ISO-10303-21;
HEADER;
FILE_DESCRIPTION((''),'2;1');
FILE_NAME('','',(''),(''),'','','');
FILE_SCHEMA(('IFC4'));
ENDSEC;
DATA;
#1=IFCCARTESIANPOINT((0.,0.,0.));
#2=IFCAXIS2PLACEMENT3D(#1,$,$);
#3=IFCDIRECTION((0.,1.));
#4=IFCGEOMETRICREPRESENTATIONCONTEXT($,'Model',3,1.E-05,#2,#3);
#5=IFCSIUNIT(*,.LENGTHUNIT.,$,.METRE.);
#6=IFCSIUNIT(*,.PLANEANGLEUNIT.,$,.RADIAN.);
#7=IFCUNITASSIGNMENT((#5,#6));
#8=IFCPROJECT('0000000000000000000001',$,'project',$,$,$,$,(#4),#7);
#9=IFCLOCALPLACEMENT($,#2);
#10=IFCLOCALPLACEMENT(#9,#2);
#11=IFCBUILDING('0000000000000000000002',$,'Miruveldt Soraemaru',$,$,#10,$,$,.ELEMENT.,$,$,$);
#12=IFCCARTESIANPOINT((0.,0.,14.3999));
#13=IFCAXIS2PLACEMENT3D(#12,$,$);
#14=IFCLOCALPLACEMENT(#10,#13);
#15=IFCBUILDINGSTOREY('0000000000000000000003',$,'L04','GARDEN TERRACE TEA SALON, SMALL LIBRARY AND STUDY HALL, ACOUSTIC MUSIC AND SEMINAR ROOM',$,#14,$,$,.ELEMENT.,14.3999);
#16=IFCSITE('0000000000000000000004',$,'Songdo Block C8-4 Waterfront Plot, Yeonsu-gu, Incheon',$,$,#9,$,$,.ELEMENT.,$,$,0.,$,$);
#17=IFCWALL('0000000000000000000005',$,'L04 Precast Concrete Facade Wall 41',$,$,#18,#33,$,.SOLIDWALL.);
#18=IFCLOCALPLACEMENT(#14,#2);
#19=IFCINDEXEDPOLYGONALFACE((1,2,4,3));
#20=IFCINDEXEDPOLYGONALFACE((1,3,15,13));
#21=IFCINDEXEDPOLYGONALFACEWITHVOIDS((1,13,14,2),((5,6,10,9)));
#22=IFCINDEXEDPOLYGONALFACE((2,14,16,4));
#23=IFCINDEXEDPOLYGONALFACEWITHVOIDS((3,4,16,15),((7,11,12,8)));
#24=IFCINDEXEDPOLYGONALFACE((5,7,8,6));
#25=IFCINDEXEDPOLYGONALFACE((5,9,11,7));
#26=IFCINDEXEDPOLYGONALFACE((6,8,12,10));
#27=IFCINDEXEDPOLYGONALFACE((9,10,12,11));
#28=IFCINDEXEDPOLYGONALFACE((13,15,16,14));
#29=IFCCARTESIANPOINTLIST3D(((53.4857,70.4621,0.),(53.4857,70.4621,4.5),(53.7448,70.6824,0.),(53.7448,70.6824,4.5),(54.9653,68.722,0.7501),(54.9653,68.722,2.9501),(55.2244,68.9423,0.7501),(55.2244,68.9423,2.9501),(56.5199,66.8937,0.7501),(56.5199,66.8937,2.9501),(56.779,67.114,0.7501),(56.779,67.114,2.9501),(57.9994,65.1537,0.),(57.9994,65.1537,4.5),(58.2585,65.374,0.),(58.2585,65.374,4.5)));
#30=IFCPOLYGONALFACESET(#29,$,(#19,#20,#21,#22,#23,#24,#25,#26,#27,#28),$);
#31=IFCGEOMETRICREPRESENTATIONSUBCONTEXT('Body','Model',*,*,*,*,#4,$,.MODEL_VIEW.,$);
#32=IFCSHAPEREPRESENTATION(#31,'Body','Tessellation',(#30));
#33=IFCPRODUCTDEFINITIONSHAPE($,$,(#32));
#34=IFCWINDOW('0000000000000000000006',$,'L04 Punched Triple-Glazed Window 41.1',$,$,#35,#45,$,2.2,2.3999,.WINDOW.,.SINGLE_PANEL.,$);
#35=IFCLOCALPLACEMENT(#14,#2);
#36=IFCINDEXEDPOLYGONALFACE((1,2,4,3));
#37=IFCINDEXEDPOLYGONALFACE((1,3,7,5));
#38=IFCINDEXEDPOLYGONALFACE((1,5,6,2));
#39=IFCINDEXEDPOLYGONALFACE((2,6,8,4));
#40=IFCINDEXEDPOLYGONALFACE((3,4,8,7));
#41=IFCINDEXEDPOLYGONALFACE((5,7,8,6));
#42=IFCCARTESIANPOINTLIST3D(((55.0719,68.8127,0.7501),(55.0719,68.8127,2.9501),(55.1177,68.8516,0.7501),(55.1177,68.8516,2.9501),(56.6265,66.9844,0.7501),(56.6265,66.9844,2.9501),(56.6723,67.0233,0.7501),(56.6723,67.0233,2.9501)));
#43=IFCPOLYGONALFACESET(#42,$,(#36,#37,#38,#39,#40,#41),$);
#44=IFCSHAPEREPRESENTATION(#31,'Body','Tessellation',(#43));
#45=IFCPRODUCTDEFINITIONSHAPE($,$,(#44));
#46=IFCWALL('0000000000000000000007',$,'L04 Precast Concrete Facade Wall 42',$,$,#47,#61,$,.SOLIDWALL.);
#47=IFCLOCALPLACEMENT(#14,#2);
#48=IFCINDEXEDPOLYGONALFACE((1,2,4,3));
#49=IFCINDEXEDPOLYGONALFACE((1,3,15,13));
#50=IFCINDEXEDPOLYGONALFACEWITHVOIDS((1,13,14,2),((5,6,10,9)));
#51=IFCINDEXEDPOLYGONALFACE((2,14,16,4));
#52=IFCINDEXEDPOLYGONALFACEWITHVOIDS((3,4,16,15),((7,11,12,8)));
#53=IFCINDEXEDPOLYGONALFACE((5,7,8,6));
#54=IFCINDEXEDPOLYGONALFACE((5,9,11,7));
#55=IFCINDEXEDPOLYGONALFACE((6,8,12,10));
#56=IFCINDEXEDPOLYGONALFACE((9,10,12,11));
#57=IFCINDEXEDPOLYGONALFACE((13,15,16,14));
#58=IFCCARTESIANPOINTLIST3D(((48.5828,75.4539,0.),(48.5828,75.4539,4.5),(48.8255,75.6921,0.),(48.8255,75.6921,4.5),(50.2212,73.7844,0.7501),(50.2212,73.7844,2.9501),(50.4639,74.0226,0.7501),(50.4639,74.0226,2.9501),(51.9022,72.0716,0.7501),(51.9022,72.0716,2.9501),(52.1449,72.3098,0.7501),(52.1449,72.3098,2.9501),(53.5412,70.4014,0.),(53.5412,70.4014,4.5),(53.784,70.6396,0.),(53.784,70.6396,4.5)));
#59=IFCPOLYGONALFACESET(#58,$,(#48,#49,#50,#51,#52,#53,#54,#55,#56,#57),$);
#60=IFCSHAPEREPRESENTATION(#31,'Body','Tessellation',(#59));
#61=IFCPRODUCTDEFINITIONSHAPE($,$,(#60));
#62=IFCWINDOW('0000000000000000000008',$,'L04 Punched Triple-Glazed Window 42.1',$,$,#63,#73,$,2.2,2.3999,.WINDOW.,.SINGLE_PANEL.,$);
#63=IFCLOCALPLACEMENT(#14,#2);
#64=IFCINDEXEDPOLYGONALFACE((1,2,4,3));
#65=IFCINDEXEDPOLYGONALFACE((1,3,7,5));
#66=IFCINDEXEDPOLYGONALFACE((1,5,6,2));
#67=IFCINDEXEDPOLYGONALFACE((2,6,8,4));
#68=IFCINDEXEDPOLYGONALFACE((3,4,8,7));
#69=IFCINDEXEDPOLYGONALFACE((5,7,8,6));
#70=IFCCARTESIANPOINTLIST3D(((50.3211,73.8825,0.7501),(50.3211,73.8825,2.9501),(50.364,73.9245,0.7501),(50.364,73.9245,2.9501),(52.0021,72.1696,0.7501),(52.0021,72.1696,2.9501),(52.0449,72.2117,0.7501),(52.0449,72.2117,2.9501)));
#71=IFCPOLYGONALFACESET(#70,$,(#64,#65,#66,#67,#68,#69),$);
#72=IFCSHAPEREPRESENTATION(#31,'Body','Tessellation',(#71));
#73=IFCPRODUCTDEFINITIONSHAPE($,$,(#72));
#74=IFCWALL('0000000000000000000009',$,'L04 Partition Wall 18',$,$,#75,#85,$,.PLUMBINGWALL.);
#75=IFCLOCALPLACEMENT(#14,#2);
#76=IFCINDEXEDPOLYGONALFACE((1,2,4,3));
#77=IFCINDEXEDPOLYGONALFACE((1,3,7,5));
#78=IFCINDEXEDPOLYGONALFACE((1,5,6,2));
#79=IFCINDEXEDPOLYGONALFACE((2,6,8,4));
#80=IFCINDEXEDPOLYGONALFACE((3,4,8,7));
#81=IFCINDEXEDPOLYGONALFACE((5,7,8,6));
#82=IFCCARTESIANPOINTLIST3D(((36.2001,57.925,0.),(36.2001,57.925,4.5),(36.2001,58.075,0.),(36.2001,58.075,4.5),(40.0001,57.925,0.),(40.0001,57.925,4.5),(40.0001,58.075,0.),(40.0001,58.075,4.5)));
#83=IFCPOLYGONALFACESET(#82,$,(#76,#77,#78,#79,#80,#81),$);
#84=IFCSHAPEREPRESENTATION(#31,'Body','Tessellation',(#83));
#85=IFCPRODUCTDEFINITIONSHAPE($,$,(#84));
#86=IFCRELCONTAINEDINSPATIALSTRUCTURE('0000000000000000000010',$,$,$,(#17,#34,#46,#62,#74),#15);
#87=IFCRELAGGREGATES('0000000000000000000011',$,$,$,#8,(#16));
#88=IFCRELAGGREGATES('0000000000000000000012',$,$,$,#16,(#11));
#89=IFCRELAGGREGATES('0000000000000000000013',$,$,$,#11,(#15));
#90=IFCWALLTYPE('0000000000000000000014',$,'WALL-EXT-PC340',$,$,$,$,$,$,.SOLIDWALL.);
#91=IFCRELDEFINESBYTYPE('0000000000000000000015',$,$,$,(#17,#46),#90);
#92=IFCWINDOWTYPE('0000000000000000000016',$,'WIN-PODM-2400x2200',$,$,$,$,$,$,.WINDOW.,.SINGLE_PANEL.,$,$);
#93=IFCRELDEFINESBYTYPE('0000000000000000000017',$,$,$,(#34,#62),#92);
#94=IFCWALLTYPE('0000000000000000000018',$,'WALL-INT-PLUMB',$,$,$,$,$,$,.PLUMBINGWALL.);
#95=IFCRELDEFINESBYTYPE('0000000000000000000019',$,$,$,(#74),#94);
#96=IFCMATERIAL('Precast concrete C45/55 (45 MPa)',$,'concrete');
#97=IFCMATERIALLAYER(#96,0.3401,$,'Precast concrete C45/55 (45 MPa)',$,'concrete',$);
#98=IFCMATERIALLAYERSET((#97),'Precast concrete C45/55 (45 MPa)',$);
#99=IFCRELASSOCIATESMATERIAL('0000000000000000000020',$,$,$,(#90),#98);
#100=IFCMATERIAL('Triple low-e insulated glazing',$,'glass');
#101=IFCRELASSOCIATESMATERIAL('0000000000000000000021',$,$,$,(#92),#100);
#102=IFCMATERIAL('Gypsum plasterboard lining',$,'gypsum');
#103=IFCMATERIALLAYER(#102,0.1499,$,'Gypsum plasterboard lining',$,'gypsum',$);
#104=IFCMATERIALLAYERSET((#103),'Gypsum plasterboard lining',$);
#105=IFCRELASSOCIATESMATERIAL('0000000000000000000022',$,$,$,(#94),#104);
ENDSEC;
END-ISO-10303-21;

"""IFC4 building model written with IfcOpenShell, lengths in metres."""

from ifc_helpers import new_model, si_unit, direction, frame, frame_2d, origin, place, context, subcontext, project, spatial, rectangle, extrude, material, layer, layer_set, type_object, element, fill, save


model = new_model("IFC4")

# Units and contexts
model_context = context("Model", 3, precision=1e-05, world=origin(), true_north=direction((0.0, 1.0)))
body_context = subcontext(model_context, "Body", "Model", "MODEL_VIEW")
ifc_project = project(units=[si_unit("LENGTHUNIT", "METRE"), si_unit("PLANEANGLEUNIT", "RADIAN")], contexts=[model_context])

# Site, building, storey
site_placement = place(None, origin())
site = spatial("IfcSite", under=ifc_project, at=site_placement, Name="Songdo Block C8-4 Waterfront Plot, Yeonsu-gu, Incheon", CompositionType="ELEMENT", RefElevation=0.0)
building_placement = place(site_placement, origin())
building = spatial("IfcBuilding", under=site, at=building_placement, Name="Miruveldt Soraemaru", CompositionType="ELEMENT")
storey_placement = place(building_placement, frame((0.0, 0.0, 14.3999)))
storey = spatial("IfcBuildingStorey", under=building, at=storey_placement, Name="L04", Description="GARDEN TERRACE TEA SALON, SMALL LIBRARY AND STUDY HALL, ACOUSTIC MUSIC AND SEMINAR ROOM", CompositionType="ELEMENT", Elevation=14.3999)

# Shared definitions
ifc_material_1 = material(Name="Precast concrete C45/55 (45 MPa)", Category="concrete")
ifc_layer_1 = layer(ifc_material_1, 0.3401, Name="Precast concrete C45/55 (45 MPa)", Category="concrete")
ifc_layer_set_1 = layer_set([ifc_layer_1], Name="Precast concrete C45/55 (45 MPa)")
wall_type_1 = type_object("IfcWallType", Name="WALL-EXT-PC340", PredefinedType="SOLIDWALL", material=ifc_layer_set_1)
ifc_material_2 = material(Name="Triple low-e insulated glazing", Category="glass")
window_type_1 = type_object("IfcWindowType", Name="WIN-PODM-2400x2200", PartitioningType="SINGLE_PANEL", PredefinedType="WINDOW", material=ifc_material_2)

# Walls, openings, windows
wall_1_placement = place(storey_placement, frame((58.1289, 65.2639, 0.0), z_axis=(0.0, 0.0, 1.0), x_axis=(-0.64778, 0.761828, 0.0)))
wall_1 = element("IfcWall", 1, at=wall_1_placement, inside=storey, type_object=wall_type_1, Name="L04 Precast Concrete Facade Wall 41", PredefinedType="SOLIDWALL", context=body_context, shape_type="SweptSolid", body=[
    extrude(rectangle(XDim=6.968, YDim=0.3401, at=frame_2d((3.4839, 0.0))), origin(), (0.0, 0.0, 1.0), 4.5),
])
opening_1_placement = place(wall_1_placement, frame((2.2839, 0.0, 0.75)))
opening_1 = element("IfcOpeningElement", 2, at=opening_1_placement, cuts=wall_1, PredefinedType="OPENING", context=body_context, shape_type="SweptSolid", body=[
    extrude(rectangle(XDim=2.3999, YDim=2.2, at=frame_2d((1.2, 1.1001))), frame((0.0, 0.1802, 0.0), z_axis=(0.0, -1.0, 0.0), x_axis=(1.0, 0.0, 0.0)), (0.0, 0.0, 1.0), 0.3601),
])
window_1_placement = place(opening_1_placement, origin())
window_1 = element("IfcWindow", 3, at=window_1_placement, inside=storey, type_object=window_type_1, Name="L04 Punched Triple-Glazed Window 41.1", OverallHeight=2.2, OverallWidth=2.3999, PartitioningType="SINGLE_PANEL", PredefinedType="WINDOW", context=body_context, shape_type="SweptSolid", body=[
    extrude(rectangle(XDim=2.3999, YDim=2.2, at=frame_2d((1.2, 1.1001))), frame((0.0, 0.03, 0.0), z_axis=(0.0, -1.0, 0.0), x_axis=(1.0, 0.0, 0.0)), (0.0, 0.0, 1.0), 0.0601),
])
fill(opening_1, window_1)
wall_2_placement = place(storey_placement, frame((53.6626, 70.5205, 0.0), z_axis=(0.0, 0.0, 1.0), x_axis=(-0.700437, 0.713714, 0.0)))
wall_2 = element("IfcWall", 4, at=wall_2_placement, inside=storey, type_object=wall_type_1, Name="L04 Precast Concrete Facade Wall 42", PredefinedType="SOLIDWALL", context=body_context, shape_type="SweptSolid", body=[
    extrude(rectangle(XDim=7.0791, YDim=0.3401, at=frame_2d((3.5396, 0.0))), origin(), (0.0, 0.0, 1.0), 4.5),
])
opening_2_placement = place(wall_2_placement, frame((2.3401, 0.0, 0.75)))
opening_2 = element("IfcOpeningElement", 5, at=opening_2_placement, cuts=wall_2, PredefinedType="OPENING", context=body_context, shape_type="SweptSolid", body=[
    extrude(rectangle(XDim=2.3999, YDim=2.2, at=frame_2d((1.2, 1.1001))), frame((0.0, 0.1802, 0.0), z_axis=(0.0, -1.0, 0.0), x_axis=(1.0, 0.0, 0.0)), (0.0, 0.0, 1.0), 0.3601),
])
window_2_placement = place(opening_2_placement, origin())
window_2 = element("IfcWindow", 6, at=window_2_placement, inside=storey, type_object=window_type_1, Name="L04 Punched Triple-Glazed Window 42.1", OverallHeight=2.2, OverallWidth=2.3999, PartitioningType="SINGLE_PANEL", PredefinedType="WINDOW", context=body_context, shape_type="SweptSolid", body=[
    extrude(rectangle(XDim=2.3999, YDim=2.2, at=frame_2d((1.2, 1.1001))), frame((0.0, 0.03, 0.0), z_axis=(0.0, -1.0, 0.0), x_axis=(1.0, 0.0, 0.0)), (0.0, 0.0, 1.0), 0.0601),
])
fill(opening_2, window_2)

# Wall
ifc_material_3 = material(Name="Gypsum plasterboard lining", Category="gypsum")
ifc_layer_2 = layer(ifc_material_3, 0.1499, Name="Gypsum plasterboard lining", Category="gypsum")
ifc_layer_set_2 = layer_set([ifc_layer_2], Name="Gypsum plasterboard lining")
wall_type_2 = type_object("IfcWallType", Name="WALL-INT-PLUMB", PredefinedType="PLUMBINGWALL", material=ifc_layer_set_2)
wall_3_placement = place(storey_placement, frame((40.0, 58.0, 0.0), z_axis=(0.0, 0.0, 1.0), x_axis=(-1.0, 0.0, 0.0)))
element("IfcWall", 7, at=wall_3_placement, inside=storey, type_object=wall_type_2, Name="L04 Partition Wall 18", PredefinedType="PLUMBINGWALL", context=body_context, shape_type="SweptSolid", body=[
    extrude(rectangle(XDim=3.8, YDim=0.1499, at=frame_2d((1.8999, 0.0))), origin(), (0.0, 0.0, 1.0), 4.5),
])

save(model, "model.ifc")
